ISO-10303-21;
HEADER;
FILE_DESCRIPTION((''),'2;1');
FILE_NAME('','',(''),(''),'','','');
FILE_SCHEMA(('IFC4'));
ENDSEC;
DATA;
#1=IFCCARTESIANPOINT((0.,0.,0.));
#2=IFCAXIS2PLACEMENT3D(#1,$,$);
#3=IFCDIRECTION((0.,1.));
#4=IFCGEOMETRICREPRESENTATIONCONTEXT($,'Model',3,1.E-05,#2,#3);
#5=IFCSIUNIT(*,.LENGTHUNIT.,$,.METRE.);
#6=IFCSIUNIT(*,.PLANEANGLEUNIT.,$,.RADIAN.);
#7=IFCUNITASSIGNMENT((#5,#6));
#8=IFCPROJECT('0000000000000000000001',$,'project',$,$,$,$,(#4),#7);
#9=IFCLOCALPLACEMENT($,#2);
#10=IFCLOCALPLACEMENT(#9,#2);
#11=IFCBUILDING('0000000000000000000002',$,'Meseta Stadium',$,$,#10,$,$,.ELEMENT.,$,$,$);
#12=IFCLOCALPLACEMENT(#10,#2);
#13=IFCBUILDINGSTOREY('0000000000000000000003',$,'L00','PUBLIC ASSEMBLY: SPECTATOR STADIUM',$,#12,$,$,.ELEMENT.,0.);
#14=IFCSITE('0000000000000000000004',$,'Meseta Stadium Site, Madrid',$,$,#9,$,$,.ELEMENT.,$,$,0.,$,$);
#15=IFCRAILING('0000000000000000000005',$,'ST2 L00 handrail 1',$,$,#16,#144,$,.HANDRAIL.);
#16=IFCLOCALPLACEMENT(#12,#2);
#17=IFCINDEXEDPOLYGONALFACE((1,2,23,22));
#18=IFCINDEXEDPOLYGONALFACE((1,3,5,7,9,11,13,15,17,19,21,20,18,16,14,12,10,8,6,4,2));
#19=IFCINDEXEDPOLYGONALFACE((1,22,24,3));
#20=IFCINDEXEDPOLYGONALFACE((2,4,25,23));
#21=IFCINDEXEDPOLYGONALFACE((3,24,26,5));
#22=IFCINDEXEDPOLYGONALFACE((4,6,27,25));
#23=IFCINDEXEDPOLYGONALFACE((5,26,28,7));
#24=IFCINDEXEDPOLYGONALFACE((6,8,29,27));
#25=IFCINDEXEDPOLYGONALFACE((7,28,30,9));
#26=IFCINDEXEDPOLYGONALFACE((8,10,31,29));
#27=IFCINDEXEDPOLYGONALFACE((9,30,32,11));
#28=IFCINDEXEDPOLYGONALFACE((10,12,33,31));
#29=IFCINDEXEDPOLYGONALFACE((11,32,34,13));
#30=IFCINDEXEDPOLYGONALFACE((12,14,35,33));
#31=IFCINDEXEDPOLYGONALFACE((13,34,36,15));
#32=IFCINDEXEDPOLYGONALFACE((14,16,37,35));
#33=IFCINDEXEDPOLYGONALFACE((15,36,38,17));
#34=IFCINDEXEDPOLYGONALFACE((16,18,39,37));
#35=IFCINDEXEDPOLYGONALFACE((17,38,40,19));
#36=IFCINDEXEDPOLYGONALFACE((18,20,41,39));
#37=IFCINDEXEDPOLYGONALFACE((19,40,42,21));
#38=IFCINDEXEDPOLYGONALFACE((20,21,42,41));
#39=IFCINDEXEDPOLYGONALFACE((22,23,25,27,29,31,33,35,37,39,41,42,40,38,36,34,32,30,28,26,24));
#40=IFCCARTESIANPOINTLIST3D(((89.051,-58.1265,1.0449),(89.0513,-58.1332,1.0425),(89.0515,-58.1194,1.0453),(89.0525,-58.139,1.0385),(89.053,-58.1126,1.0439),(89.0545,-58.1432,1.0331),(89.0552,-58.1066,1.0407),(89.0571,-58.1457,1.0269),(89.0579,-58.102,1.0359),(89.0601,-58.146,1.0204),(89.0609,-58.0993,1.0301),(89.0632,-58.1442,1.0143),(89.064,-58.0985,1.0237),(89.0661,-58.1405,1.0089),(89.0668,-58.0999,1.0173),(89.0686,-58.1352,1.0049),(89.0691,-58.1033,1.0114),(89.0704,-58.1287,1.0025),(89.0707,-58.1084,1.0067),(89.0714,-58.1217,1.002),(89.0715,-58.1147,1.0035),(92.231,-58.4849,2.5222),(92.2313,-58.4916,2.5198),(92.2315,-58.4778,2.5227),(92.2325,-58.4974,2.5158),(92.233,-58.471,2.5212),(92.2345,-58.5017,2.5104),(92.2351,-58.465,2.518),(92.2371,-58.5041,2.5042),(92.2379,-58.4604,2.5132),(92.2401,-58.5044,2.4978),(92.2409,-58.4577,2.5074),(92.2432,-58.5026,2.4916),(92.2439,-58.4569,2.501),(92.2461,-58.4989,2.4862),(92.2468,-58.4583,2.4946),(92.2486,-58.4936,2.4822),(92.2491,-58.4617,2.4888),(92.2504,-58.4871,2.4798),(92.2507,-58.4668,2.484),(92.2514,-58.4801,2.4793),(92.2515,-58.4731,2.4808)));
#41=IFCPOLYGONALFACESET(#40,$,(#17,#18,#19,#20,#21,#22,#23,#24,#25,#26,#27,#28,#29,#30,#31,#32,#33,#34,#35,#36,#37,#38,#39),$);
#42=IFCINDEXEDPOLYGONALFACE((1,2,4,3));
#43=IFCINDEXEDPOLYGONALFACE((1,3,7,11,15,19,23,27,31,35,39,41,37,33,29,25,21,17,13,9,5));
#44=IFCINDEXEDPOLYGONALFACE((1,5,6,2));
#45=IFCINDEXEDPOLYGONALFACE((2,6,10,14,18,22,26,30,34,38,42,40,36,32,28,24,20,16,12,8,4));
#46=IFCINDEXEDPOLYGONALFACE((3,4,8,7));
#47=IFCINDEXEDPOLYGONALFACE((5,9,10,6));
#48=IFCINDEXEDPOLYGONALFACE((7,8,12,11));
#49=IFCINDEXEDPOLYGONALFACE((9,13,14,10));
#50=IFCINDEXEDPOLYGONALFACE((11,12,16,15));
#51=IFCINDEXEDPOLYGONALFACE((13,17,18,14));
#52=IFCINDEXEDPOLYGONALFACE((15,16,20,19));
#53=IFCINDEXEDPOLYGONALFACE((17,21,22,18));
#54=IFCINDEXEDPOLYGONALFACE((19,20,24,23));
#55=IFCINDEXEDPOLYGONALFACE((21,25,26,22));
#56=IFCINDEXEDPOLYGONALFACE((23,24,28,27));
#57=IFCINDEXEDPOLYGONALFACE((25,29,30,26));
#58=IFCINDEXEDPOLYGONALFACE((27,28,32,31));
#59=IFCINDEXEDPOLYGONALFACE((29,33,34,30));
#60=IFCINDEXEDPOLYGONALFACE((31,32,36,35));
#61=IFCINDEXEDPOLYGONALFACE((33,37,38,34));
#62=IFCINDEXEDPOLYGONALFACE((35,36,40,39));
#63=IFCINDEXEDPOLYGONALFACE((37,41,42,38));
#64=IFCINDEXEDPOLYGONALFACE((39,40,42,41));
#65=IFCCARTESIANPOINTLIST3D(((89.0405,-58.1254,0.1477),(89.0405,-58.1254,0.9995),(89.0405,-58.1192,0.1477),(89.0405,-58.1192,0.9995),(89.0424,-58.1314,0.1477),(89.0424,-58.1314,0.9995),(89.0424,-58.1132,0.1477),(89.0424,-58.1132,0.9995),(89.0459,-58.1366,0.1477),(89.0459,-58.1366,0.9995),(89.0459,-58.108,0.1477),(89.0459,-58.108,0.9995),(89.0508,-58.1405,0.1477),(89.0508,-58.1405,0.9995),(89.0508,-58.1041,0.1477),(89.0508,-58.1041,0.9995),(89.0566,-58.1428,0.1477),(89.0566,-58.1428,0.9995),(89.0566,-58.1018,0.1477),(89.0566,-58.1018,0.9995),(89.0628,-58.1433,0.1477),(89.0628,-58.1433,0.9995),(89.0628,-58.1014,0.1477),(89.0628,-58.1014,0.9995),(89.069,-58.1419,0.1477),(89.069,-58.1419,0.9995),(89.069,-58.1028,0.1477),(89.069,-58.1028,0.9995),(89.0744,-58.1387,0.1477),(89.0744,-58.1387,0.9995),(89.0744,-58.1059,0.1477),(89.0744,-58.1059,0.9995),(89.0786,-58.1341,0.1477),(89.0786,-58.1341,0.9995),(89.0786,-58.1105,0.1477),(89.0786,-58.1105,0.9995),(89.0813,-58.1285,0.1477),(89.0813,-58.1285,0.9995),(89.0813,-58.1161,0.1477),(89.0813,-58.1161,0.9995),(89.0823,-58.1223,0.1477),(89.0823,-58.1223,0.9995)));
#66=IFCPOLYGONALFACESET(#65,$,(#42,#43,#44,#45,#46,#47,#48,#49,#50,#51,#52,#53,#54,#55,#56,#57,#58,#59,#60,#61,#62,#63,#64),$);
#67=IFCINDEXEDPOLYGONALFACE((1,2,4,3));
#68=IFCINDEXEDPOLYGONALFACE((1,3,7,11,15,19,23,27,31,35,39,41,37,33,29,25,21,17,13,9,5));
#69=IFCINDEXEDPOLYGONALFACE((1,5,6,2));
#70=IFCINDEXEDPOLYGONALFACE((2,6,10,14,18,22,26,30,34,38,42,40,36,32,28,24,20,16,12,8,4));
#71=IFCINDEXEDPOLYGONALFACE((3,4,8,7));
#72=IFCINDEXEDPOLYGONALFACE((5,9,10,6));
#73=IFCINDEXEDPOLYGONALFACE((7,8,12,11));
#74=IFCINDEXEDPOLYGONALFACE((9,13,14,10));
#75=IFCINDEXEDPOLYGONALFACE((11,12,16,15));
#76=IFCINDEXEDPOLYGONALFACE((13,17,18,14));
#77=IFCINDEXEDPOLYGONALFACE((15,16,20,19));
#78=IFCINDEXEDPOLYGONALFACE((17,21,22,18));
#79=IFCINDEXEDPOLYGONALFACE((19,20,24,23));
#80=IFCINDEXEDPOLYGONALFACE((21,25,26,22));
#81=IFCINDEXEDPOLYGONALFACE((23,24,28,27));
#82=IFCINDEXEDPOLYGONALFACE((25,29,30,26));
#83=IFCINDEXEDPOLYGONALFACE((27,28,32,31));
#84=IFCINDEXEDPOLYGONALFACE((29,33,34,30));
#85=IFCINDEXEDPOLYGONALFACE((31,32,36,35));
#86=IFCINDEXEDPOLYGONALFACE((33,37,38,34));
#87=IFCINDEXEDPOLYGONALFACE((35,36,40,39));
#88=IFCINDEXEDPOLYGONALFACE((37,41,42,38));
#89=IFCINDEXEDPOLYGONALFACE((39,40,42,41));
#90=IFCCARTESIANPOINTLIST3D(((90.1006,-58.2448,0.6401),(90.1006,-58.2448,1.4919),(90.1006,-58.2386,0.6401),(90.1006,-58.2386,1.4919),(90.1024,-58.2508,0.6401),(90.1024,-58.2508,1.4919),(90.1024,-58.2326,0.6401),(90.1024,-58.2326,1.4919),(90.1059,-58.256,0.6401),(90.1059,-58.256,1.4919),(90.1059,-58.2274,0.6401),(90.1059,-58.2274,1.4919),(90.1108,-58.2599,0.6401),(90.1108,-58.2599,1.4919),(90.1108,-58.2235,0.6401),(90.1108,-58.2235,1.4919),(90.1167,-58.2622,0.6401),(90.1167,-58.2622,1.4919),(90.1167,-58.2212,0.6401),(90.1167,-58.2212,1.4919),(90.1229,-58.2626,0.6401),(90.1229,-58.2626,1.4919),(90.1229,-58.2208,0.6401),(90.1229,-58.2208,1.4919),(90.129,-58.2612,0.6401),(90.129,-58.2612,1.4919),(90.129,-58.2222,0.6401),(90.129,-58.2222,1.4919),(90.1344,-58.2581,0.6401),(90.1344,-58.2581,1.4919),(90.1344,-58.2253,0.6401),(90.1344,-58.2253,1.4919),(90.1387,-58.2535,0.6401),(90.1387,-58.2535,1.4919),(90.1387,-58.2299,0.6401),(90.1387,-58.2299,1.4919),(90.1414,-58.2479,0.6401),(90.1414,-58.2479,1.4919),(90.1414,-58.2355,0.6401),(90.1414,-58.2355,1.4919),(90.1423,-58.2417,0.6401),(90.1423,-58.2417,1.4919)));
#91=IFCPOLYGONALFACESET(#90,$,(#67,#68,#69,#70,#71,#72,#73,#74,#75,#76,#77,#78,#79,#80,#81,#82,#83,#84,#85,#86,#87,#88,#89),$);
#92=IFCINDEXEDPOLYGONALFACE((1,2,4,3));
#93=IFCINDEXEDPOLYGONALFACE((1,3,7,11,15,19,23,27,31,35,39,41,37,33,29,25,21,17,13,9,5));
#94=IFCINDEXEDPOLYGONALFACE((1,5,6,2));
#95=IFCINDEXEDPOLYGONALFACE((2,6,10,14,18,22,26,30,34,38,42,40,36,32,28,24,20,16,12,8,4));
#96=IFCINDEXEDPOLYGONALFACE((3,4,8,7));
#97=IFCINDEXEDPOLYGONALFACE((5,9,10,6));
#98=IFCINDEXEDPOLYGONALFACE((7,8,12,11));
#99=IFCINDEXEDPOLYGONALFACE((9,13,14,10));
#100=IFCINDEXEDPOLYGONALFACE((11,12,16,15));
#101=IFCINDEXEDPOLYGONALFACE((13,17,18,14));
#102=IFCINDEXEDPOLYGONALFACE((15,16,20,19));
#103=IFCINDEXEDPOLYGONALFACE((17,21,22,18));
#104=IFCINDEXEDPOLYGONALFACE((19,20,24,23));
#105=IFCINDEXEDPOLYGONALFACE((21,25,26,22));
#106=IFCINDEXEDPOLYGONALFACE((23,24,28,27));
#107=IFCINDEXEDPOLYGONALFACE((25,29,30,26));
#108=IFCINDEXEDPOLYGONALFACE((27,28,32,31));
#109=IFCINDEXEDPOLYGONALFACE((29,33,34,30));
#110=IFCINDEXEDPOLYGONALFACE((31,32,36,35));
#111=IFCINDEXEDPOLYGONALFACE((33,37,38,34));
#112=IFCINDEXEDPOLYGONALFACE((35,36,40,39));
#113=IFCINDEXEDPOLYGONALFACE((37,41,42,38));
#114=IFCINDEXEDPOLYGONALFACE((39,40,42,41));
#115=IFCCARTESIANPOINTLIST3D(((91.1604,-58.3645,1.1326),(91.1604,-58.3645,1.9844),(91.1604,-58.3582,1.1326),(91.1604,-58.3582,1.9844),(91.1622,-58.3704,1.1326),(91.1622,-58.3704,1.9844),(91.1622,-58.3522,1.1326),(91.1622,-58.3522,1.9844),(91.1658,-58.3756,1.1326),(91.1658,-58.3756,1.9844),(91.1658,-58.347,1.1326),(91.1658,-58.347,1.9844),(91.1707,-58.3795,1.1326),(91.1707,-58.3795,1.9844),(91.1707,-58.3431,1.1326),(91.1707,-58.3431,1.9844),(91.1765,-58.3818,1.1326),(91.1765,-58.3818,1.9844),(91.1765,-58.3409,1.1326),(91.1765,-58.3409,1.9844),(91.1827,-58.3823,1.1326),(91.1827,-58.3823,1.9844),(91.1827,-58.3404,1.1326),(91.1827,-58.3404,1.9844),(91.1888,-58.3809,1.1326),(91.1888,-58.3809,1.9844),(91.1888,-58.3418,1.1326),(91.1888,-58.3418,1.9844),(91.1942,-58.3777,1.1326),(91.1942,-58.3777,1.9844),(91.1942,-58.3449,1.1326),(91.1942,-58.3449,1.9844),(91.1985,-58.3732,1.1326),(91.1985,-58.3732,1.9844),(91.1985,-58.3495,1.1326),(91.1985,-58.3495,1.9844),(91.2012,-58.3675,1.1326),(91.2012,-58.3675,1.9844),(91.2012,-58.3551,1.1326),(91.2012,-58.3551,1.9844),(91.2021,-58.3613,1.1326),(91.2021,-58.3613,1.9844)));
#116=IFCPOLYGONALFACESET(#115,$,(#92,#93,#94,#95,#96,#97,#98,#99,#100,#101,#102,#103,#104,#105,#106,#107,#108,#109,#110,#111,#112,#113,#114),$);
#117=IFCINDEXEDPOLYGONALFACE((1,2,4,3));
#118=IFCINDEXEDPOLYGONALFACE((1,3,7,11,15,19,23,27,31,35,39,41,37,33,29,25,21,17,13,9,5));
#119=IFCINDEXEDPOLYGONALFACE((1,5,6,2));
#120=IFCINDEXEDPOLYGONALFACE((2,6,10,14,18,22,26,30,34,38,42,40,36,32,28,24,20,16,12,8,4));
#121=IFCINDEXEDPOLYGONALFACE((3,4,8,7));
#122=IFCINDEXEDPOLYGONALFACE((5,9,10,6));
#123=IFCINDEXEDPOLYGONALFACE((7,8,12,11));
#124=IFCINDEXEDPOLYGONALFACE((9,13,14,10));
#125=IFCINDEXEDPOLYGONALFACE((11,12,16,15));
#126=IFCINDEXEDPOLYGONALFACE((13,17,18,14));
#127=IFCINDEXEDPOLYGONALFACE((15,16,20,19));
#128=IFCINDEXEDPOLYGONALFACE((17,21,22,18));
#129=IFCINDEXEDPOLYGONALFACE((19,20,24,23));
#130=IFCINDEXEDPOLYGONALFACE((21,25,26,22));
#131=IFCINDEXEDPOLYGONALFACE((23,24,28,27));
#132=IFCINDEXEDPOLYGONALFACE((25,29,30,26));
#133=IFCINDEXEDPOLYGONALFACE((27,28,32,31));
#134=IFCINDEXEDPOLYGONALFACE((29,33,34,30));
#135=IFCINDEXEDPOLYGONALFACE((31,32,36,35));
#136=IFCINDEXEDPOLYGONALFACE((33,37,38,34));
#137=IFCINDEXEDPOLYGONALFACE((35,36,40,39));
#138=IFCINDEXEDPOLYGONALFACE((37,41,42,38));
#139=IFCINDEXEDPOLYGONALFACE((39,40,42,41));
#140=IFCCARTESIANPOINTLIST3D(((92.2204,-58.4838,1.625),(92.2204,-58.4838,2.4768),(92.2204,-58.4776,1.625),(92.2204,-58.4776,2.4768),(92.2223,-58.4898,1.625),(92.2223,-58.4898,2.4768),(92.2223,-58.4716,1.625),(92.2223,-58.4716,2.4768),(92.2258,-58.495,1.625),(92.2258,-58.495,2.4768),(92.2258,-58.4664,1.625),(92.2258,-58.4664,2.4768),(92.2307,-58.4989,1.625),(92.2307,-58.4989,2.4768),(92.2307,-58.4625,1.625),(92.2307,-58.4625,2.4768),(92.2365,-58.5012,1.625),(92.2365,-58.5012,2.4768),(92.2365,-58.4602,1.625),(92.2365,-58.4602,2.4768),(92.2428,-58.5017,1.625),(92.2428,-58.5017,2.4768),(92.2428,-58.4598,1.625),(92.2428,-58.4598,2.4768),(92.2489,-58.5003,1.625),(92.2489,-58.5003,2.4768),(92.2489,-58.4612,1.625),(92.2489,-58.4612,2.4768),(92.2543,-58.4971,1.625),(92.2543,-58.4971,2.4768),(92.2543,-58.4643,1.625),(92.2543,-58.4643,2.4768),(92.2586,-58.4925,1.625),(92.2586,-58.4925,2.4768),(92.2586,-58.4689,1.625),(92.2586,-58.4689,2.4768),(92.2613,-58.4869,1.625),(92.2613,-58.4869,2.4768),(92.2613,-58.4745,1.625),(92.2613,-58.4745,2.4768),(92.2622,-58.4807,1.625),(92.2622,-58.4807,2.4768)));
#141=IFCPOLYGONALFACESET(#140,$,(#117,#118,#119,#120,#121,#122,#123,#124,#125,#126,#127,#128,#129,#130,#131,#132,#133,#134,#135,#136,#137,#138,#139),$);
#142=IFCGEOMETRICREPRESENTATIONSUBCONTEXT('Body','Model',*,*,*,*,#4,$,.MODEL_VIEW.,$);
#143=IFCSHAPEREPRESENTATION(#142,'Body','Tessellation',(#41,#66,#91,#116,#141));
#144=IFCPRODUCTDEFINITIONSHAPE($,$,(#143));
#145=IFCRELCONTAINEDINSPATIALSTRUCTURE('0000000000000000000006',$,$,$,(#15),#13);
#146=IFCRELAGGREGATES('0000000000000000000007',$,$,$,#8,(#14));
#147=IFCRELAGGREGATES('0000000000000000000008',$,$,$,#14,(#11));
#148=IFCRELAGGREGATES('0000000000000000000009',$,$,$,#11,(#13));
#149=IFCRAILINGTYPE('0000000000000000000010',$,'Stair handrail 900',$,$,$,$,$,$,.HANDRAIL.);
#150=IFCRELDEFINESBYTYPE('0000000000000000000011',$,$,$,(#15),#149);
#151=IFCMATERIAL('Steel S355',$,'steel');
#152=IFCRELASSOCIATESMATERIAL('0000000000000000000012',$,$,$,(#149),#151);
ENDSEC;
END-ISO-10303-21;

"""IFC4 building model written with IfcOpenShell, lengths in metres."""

from ifc_helpers import new_model, si_unit, direction, frame, origin, origin_2d, place, context, subcontext, project, spatial, circle, extrude, material, type_object, element, save


model = new_model("IFC4")

# Units and contexts
model_context = context("Model", 3, precision=1e-05, world=origin(), true_north=direction((0.0, 1.0)))
body_context = subcontext(model_context, "Body", "Model", "MODEL_VIEW")
ifc_project = project(units=[si_unit("LENGTHUNIT", "METRE"), si_unit("PLANEANGLEUNIT", "RADIAN")], contexts=[model_context])

# Site, building, storey
site_placement = place(None, origin())
site = spatial("IfcSite", under=ifc_project, at=site_placement, Name="Meseta Stadium Site, Madrid", CompositionType="ELEMENT", RefElevation=0.0)
building_placement = place(site_placement, origin())
building = spatial("IfcBuilding", under=site, at=building_placement, Name="Meseta Stadium", CompositionType="ELEMENT")
storey_placement = place(building_placement, origin())
storey = spatial("IfcBuildingStorey", under=building, at=storey_placement, Name="L00", Description="PUBLIC ASSEMBLY: SPECTATOR STADIUM", CompositionType="ELEMENT", Elevation=0.0)

# Railing
ifc_material_1 = material(Name="Steel S355", Category="steel")
railing_type_1 = type_object("IfcRailingType", Name="Stair handrail 900", PredefinedType="HANDRAIL", material=ifc_material_1)
for number, where, name in (
    (1, (89.0613, -58.1223, 0.1477), "ST2 L00 handrail 1"),
):
    element("IfcRailing", number, at=place(storey_placement, frame(where)), inside=storey, type_object=railing_type_1, Name=name, PredefinedType="HANDRAIL", context=body_context, shape_type="SweptSolid", body=[
        extrude(circle(Radius=0.0239, at=origin_2d()), frame((0.0, 0.0, 0.876), z_axis=(0.90221, -0.101685, 0.419138), x_axis=(0.111997, 0.993709, 0.0)), (0.0, 0.0, 1.0), 3.5247),
        extrude(circle(Radius=0.021, at=origin_2d()), origin(), (0.0, 0.0, 1.0), 0.8518),
        extrude(circle(Radius=0.021, at=origin_2d()), frame((1.0601, -0.1194, 0.4924)), (0.0, 0.0, 1.0), 0.8518),
        extrude(circle(Radius=0.021, at=origin_2d()), frame((2.1199, -0.239, 0.9849)), (0.0, 0.0, 1.0), 0.8518),
        extrude(circle(Radius=0.021, at=origin_2d()), frame((3.1799, -0.3584, 1.4773)), (0.0, 0.0, 1.0), 0.8518),
    ])

save(model, "model.ifc")
